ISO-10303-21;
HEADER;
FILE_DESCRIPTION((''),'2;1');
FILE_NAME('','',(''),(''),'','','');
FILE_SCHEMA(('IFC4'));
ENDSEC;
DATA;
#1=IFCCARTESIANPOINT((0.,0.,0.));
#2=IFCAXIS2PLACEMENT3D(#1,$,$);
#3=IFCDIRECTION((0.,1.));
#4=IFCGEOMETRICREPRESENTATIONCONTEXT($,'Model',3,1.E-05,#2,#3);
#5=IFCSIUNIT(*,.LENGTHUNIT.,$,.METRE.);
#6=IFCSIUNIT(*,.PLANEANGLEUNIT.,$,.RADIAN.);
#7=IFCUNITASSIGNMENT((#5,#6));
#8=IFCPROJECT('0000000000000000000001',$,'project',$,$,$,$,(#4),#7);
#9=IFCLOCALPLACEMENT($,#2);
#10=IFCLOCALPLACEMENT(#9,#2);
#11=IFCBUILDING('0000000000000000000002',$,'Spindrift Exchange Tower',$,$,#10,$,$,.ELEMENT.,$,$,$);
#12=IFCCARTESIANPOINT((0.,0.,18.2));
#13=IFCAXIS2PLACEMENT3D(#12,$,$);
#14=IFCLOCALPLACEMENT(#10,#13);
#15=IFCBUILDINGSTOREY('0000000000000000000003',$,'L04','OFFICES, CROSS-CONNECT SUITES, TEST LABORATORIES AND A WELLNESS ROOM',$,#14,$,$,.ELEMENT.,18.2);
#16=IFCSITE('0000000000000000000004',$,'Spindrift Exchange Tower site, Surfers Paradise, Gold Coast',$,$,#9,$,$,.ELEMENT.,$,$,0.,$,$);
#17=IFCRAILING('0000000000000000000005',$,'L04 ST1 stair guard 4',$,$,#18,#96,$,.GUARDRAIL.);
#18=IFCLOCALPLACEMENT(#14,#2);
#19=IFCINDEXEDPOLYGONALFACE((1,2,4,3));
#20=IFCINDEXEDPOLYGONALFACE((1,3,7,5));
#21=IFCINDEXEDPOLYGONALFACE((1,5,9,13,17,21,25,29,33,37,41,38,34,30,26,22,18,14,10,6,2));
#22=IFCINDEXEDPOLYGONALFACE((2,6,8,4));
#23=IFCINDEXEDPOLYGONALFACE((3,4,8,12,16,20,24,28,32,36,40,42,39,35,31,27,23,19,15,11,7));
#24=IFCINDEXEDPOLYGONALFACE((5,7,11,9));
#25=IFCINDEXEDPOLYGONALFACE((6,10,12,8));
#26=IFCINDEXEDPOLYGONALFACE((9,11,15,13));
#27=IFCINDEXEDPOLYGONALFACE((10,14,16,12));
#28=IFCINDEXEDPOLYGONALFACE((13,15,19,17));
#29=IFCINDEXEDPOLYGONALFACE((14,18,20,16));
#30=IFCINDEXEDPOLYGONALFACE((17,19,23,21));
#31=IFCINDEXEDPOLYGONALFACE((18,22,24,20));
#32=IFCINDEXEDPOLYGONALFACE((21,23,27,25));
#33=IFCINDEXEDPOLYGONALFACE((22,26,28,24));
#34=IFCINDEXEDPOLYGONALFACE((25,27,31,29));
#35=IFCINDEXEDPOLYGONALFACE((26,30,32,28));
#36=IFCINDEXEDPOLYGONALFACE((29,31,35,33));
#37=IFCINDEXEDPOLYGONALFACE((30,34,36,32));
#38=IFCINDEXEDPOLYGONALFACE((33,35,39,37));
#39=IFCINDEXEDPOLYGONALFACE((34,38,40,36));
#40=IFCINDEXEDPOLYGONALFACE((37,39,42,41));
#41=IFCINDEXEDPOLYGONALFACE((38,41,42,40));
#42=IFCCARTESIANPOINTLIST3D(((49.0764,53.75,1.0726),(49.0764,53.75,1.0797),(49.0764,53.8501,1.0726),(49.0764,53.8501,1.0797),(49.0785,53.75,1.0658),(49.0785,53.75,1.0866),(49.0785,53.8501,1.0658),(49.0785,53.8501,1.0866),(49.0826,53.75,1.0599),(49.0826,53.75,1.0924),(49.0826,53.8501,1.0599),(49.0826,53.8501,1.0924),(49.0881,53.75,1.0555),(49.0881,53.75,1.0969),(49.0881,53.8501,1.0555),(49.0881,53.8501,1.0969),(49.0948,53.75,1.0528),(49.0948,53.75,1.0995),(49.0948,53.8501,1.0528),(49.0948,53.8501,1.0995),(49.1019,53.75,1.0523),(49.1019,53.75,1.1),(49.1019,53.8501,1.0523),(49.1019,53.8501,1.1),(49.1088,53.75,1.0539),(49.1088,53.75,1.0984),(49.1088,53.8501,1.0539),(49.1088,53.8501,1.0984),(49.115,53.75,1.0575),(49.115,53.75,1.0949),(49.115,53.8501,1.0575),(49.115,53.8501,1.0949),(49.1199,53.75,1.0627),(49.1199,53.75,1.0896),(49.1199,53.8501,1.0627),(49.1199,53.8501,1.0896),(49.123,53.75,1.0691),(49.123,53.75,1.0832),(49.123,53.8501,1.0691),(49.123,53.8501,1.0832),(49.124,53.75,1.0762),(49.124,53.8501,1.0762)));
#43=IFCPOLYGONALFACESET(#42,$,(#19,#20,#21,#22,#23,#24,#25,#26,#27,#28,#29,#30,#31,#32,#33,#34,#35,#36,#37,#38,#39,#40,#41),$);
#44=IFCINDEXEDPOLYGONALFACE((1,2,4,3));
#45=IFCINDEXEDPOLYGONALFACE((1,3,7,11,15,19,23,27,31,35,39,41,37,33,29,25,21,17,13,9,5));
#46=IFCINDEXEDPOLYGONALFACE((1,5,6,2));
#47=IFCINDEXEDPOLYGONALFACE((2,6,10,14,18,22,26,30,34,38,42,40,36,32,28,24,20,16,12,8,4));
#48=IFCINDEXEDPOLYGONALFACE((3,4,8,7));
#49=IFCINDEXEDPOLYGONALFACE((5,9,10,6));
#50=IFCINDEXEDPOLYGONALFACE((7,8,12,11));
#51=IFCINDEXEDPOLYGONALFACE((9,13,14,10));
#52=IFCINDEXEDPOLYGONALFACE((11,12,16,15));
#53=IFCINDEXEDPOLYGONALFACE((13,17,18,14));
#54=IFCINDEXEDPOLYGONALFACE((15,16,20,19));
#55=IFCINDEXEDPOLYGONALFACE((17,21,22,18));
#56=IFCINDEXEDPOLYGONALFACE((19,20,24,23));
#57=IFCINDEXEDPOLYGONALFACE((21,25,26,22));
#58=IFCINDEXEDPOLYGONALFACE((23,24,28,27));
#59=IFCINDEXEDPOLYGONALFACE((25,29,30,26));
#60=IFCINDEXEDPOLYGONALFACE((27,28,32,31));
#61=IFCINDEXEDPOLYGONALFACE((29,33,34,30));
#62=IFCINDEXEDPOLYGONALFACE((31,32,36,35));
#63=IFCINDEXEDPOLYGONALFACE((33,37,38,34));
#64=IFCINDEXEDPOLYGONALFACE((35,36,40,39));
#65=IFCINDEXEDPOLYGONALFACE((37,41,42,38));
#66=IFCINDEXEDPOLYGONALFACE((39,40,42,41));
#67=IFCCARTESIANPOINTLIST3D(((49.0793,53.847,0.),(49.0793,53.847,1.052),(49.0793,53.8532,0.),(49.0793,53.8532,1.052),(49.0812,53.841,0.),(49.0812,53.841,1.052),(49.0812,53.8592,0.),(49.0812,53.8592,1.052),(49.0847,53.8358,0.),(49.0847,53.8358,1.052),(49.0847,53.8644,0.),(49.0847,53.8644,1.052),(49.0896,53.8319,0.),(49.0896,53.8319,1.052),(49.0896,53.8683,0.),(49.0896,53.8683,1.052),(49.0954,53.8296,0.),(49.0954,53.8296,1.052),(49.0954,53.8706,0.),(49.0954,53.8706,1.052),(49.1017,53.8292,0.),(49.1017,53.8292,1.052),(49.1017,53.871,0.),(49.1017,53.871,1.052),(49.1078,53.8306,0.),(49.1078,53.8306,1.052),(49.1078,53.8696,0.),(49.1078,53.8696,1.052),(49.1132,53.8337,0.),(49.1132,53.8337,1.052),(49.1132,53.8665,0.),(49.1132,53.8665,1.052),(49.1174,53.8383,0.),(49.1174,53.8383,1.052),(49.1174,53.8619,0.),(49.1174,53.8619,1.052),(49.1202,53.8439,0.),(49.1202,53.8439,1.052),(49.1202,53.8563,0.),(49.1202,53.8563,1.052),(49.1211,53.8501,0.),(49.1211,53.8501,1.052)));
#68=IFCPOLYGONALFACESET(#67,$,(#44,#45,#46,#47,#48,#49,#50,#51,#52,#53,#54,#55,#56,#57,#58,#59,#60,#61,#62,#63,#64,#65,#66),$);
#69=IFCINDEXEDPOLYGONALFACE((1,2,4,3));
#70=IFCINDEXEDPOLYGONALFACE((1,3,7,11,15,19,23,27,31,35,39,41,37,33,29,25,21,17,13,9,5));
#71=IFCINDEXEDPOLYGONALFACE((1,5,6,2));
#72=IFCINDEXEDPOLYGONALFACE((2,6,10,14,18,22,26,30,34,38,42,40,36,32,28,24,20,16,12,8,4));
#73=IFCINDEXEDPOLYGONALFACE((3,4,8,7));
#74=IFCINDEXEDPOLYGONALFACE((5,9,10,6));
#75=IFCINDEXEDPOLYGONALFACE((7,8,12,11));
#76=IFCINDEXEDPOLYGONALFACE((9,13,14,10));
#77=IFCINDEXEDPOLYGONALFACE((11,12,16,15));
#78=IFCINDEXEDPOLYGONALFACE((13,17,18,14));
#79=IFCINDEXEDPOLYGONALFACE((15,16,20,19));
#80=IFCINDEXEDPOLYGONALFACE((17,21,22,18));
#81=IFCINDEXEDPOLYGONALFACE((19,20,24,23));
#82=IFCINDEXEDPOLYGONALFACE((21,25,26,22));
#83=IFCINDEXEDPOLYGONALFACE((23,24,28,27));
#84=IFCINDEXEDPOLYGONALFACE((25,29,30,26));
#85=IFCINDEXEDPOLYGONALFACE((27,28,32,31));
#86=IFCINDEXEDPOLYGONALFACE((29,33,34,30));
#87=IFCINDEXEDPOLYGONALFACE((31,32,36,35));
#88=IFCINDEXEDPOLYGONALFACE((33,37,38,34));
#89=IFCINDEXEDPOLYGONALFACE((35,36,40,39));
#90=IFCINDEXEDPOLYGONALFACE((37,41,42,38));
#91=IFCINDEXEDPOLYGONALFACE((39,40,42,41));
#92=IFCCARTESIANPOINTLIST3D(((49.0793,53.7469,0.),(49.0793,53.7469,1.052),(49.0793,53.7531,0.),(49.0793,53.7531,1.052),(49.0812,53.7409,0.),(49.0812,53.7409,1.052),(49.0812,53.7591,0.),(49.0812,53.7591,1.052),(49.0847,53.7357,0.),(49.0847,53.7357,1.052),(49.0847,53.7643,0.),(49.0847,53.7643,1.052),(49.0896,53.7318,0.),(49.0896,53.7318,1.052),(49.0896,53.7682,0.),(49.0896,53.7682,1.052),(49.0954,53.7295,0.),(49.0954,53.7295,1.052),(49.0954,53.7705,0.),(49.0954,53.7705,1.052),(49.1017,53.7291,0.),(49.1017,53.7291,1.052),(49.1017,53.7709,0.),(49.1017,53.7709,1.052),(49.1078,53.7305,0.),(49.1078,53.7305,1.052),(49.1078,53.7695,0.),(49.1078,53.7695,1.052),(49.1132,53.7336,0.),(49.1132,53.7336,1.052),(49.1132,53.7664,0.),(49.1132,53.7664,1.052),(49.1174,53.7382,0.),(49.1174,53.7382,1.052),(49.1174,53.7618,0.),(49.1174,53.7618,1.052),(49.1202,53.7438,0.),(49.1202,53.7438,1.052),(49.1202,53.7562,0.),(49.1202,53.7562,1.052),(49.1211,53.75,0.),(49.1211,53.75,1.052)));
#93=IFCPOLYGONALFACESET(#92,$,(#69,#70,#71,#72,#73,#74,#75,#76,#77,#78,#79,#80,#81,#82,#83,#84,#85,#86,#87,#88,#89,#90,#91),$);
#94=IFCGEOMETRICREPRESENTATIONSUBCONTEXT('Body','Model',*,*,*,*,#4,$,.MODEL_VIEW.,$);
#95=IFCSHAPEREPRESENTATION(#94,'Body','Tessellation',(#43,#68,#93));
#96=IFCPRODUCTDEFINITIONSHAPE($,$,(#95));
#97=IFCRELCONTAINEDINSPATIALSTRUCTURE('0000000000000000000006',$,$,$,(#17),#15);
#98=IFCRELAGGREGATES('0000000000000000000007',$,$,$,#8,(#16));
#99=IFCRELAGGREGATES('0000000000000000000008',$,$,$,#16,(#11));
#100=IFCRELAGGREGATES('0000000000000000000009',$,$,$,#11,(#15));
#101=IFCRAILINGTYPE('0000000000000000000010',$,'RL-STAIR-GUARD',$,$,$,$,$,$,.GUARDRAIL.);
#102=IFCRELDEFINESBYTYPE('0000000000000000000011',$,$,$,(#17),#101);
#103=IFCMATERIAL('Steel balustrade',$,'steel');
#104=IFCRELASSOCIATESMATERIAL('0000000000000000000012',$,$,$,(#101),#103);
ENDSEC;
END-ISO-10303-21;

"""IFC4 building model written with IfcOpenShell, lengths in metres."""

from ifc_helpers import new_model, si_unit, direction, frame, origin, origin_2d, place, context, subcontext, project, spatial, circle, extrude, material, type_object, element, save


model = new_model("IFC4")

# Units and contexts
model_context = context("Model", 3, precision=1e-05, world=origin(), true_north=direction((0.0, 1.0)))
body_context = subcontext(model_context, "Body", "Model", "MODEL_VIEW")
ifc_project = project(units=[si_unit("LENGTHUNIT", "METRE"), si_unit("PLANEANGLEUNIT", "RADIAN")], contexts=[model_context])

# Site, building, storey
site_placement = place(None, origin())
site = spatial("IfcSite", under=ifc_project, at=site_placement, Name="Spindrift Exchange Tower site, Surfers Paradise, Gold Coast", CompositionType="ELEMENT", RefElevation=0.0)
building_placement = place(site_placement, origin())
building = spatial("IfcBuilding", under=site, at=building_placement, Name="Spindrift Exchange Tower", CompositionType="ELEMENT")
storey_placement = place(building_placement, frame((0.0, 0.0, 18.2)))
storey = spatial("IfcBuildingStorey", under=building, at=storey_placement, Name="L04", Description="OFFICES, CROSS-CONNECT SUITES, TEST LABORATORIES AND A WELLNESS ROOM", CompositionType="ELEMENT", Elevation=18.2)

# Railing
ifc_material_1 = material(Name="Steel balustrade", Category="steel")
railing_type_1 = type_object("IfcRailingType", Name="RL-STAIR-GUARD", PredefinedType="GUARDRAIL", material=ifc_material_1)
railing_1_placement = place(storey_placement, frame((49.1001, 53.8501, 0.0)))
element("IfcRailing", 1, at=railing_1_placement, inside=storey, type_object=railing_type_1, Name="L04 ST1 stair guard 4", PredefinedType="GUARDRAIL", context=body_context, shape_type="SweptSolid", body=[
    extrude(circle(Radius=0.0239, at=origin_2d()), frame((0.0, 0.0, 1.0762), z_axis=(0.0, -1.0, 0.0), x_axis=(1.0, 0.0, 0.0)), (0.0, 0.0, 1.0), 0.1001),
    extrude(circle(Radius=0.021, at=origin_2d()), origin(), (0.0, 0.0, 1.0), 1.052),
    extrude(circle(Radius=0.021, at=origin_2d()), frame((0.0, -0.1001, 0.0)), (0.0, 0.0, 1.0), 1.052),
])

save(model, "model.ifc")
